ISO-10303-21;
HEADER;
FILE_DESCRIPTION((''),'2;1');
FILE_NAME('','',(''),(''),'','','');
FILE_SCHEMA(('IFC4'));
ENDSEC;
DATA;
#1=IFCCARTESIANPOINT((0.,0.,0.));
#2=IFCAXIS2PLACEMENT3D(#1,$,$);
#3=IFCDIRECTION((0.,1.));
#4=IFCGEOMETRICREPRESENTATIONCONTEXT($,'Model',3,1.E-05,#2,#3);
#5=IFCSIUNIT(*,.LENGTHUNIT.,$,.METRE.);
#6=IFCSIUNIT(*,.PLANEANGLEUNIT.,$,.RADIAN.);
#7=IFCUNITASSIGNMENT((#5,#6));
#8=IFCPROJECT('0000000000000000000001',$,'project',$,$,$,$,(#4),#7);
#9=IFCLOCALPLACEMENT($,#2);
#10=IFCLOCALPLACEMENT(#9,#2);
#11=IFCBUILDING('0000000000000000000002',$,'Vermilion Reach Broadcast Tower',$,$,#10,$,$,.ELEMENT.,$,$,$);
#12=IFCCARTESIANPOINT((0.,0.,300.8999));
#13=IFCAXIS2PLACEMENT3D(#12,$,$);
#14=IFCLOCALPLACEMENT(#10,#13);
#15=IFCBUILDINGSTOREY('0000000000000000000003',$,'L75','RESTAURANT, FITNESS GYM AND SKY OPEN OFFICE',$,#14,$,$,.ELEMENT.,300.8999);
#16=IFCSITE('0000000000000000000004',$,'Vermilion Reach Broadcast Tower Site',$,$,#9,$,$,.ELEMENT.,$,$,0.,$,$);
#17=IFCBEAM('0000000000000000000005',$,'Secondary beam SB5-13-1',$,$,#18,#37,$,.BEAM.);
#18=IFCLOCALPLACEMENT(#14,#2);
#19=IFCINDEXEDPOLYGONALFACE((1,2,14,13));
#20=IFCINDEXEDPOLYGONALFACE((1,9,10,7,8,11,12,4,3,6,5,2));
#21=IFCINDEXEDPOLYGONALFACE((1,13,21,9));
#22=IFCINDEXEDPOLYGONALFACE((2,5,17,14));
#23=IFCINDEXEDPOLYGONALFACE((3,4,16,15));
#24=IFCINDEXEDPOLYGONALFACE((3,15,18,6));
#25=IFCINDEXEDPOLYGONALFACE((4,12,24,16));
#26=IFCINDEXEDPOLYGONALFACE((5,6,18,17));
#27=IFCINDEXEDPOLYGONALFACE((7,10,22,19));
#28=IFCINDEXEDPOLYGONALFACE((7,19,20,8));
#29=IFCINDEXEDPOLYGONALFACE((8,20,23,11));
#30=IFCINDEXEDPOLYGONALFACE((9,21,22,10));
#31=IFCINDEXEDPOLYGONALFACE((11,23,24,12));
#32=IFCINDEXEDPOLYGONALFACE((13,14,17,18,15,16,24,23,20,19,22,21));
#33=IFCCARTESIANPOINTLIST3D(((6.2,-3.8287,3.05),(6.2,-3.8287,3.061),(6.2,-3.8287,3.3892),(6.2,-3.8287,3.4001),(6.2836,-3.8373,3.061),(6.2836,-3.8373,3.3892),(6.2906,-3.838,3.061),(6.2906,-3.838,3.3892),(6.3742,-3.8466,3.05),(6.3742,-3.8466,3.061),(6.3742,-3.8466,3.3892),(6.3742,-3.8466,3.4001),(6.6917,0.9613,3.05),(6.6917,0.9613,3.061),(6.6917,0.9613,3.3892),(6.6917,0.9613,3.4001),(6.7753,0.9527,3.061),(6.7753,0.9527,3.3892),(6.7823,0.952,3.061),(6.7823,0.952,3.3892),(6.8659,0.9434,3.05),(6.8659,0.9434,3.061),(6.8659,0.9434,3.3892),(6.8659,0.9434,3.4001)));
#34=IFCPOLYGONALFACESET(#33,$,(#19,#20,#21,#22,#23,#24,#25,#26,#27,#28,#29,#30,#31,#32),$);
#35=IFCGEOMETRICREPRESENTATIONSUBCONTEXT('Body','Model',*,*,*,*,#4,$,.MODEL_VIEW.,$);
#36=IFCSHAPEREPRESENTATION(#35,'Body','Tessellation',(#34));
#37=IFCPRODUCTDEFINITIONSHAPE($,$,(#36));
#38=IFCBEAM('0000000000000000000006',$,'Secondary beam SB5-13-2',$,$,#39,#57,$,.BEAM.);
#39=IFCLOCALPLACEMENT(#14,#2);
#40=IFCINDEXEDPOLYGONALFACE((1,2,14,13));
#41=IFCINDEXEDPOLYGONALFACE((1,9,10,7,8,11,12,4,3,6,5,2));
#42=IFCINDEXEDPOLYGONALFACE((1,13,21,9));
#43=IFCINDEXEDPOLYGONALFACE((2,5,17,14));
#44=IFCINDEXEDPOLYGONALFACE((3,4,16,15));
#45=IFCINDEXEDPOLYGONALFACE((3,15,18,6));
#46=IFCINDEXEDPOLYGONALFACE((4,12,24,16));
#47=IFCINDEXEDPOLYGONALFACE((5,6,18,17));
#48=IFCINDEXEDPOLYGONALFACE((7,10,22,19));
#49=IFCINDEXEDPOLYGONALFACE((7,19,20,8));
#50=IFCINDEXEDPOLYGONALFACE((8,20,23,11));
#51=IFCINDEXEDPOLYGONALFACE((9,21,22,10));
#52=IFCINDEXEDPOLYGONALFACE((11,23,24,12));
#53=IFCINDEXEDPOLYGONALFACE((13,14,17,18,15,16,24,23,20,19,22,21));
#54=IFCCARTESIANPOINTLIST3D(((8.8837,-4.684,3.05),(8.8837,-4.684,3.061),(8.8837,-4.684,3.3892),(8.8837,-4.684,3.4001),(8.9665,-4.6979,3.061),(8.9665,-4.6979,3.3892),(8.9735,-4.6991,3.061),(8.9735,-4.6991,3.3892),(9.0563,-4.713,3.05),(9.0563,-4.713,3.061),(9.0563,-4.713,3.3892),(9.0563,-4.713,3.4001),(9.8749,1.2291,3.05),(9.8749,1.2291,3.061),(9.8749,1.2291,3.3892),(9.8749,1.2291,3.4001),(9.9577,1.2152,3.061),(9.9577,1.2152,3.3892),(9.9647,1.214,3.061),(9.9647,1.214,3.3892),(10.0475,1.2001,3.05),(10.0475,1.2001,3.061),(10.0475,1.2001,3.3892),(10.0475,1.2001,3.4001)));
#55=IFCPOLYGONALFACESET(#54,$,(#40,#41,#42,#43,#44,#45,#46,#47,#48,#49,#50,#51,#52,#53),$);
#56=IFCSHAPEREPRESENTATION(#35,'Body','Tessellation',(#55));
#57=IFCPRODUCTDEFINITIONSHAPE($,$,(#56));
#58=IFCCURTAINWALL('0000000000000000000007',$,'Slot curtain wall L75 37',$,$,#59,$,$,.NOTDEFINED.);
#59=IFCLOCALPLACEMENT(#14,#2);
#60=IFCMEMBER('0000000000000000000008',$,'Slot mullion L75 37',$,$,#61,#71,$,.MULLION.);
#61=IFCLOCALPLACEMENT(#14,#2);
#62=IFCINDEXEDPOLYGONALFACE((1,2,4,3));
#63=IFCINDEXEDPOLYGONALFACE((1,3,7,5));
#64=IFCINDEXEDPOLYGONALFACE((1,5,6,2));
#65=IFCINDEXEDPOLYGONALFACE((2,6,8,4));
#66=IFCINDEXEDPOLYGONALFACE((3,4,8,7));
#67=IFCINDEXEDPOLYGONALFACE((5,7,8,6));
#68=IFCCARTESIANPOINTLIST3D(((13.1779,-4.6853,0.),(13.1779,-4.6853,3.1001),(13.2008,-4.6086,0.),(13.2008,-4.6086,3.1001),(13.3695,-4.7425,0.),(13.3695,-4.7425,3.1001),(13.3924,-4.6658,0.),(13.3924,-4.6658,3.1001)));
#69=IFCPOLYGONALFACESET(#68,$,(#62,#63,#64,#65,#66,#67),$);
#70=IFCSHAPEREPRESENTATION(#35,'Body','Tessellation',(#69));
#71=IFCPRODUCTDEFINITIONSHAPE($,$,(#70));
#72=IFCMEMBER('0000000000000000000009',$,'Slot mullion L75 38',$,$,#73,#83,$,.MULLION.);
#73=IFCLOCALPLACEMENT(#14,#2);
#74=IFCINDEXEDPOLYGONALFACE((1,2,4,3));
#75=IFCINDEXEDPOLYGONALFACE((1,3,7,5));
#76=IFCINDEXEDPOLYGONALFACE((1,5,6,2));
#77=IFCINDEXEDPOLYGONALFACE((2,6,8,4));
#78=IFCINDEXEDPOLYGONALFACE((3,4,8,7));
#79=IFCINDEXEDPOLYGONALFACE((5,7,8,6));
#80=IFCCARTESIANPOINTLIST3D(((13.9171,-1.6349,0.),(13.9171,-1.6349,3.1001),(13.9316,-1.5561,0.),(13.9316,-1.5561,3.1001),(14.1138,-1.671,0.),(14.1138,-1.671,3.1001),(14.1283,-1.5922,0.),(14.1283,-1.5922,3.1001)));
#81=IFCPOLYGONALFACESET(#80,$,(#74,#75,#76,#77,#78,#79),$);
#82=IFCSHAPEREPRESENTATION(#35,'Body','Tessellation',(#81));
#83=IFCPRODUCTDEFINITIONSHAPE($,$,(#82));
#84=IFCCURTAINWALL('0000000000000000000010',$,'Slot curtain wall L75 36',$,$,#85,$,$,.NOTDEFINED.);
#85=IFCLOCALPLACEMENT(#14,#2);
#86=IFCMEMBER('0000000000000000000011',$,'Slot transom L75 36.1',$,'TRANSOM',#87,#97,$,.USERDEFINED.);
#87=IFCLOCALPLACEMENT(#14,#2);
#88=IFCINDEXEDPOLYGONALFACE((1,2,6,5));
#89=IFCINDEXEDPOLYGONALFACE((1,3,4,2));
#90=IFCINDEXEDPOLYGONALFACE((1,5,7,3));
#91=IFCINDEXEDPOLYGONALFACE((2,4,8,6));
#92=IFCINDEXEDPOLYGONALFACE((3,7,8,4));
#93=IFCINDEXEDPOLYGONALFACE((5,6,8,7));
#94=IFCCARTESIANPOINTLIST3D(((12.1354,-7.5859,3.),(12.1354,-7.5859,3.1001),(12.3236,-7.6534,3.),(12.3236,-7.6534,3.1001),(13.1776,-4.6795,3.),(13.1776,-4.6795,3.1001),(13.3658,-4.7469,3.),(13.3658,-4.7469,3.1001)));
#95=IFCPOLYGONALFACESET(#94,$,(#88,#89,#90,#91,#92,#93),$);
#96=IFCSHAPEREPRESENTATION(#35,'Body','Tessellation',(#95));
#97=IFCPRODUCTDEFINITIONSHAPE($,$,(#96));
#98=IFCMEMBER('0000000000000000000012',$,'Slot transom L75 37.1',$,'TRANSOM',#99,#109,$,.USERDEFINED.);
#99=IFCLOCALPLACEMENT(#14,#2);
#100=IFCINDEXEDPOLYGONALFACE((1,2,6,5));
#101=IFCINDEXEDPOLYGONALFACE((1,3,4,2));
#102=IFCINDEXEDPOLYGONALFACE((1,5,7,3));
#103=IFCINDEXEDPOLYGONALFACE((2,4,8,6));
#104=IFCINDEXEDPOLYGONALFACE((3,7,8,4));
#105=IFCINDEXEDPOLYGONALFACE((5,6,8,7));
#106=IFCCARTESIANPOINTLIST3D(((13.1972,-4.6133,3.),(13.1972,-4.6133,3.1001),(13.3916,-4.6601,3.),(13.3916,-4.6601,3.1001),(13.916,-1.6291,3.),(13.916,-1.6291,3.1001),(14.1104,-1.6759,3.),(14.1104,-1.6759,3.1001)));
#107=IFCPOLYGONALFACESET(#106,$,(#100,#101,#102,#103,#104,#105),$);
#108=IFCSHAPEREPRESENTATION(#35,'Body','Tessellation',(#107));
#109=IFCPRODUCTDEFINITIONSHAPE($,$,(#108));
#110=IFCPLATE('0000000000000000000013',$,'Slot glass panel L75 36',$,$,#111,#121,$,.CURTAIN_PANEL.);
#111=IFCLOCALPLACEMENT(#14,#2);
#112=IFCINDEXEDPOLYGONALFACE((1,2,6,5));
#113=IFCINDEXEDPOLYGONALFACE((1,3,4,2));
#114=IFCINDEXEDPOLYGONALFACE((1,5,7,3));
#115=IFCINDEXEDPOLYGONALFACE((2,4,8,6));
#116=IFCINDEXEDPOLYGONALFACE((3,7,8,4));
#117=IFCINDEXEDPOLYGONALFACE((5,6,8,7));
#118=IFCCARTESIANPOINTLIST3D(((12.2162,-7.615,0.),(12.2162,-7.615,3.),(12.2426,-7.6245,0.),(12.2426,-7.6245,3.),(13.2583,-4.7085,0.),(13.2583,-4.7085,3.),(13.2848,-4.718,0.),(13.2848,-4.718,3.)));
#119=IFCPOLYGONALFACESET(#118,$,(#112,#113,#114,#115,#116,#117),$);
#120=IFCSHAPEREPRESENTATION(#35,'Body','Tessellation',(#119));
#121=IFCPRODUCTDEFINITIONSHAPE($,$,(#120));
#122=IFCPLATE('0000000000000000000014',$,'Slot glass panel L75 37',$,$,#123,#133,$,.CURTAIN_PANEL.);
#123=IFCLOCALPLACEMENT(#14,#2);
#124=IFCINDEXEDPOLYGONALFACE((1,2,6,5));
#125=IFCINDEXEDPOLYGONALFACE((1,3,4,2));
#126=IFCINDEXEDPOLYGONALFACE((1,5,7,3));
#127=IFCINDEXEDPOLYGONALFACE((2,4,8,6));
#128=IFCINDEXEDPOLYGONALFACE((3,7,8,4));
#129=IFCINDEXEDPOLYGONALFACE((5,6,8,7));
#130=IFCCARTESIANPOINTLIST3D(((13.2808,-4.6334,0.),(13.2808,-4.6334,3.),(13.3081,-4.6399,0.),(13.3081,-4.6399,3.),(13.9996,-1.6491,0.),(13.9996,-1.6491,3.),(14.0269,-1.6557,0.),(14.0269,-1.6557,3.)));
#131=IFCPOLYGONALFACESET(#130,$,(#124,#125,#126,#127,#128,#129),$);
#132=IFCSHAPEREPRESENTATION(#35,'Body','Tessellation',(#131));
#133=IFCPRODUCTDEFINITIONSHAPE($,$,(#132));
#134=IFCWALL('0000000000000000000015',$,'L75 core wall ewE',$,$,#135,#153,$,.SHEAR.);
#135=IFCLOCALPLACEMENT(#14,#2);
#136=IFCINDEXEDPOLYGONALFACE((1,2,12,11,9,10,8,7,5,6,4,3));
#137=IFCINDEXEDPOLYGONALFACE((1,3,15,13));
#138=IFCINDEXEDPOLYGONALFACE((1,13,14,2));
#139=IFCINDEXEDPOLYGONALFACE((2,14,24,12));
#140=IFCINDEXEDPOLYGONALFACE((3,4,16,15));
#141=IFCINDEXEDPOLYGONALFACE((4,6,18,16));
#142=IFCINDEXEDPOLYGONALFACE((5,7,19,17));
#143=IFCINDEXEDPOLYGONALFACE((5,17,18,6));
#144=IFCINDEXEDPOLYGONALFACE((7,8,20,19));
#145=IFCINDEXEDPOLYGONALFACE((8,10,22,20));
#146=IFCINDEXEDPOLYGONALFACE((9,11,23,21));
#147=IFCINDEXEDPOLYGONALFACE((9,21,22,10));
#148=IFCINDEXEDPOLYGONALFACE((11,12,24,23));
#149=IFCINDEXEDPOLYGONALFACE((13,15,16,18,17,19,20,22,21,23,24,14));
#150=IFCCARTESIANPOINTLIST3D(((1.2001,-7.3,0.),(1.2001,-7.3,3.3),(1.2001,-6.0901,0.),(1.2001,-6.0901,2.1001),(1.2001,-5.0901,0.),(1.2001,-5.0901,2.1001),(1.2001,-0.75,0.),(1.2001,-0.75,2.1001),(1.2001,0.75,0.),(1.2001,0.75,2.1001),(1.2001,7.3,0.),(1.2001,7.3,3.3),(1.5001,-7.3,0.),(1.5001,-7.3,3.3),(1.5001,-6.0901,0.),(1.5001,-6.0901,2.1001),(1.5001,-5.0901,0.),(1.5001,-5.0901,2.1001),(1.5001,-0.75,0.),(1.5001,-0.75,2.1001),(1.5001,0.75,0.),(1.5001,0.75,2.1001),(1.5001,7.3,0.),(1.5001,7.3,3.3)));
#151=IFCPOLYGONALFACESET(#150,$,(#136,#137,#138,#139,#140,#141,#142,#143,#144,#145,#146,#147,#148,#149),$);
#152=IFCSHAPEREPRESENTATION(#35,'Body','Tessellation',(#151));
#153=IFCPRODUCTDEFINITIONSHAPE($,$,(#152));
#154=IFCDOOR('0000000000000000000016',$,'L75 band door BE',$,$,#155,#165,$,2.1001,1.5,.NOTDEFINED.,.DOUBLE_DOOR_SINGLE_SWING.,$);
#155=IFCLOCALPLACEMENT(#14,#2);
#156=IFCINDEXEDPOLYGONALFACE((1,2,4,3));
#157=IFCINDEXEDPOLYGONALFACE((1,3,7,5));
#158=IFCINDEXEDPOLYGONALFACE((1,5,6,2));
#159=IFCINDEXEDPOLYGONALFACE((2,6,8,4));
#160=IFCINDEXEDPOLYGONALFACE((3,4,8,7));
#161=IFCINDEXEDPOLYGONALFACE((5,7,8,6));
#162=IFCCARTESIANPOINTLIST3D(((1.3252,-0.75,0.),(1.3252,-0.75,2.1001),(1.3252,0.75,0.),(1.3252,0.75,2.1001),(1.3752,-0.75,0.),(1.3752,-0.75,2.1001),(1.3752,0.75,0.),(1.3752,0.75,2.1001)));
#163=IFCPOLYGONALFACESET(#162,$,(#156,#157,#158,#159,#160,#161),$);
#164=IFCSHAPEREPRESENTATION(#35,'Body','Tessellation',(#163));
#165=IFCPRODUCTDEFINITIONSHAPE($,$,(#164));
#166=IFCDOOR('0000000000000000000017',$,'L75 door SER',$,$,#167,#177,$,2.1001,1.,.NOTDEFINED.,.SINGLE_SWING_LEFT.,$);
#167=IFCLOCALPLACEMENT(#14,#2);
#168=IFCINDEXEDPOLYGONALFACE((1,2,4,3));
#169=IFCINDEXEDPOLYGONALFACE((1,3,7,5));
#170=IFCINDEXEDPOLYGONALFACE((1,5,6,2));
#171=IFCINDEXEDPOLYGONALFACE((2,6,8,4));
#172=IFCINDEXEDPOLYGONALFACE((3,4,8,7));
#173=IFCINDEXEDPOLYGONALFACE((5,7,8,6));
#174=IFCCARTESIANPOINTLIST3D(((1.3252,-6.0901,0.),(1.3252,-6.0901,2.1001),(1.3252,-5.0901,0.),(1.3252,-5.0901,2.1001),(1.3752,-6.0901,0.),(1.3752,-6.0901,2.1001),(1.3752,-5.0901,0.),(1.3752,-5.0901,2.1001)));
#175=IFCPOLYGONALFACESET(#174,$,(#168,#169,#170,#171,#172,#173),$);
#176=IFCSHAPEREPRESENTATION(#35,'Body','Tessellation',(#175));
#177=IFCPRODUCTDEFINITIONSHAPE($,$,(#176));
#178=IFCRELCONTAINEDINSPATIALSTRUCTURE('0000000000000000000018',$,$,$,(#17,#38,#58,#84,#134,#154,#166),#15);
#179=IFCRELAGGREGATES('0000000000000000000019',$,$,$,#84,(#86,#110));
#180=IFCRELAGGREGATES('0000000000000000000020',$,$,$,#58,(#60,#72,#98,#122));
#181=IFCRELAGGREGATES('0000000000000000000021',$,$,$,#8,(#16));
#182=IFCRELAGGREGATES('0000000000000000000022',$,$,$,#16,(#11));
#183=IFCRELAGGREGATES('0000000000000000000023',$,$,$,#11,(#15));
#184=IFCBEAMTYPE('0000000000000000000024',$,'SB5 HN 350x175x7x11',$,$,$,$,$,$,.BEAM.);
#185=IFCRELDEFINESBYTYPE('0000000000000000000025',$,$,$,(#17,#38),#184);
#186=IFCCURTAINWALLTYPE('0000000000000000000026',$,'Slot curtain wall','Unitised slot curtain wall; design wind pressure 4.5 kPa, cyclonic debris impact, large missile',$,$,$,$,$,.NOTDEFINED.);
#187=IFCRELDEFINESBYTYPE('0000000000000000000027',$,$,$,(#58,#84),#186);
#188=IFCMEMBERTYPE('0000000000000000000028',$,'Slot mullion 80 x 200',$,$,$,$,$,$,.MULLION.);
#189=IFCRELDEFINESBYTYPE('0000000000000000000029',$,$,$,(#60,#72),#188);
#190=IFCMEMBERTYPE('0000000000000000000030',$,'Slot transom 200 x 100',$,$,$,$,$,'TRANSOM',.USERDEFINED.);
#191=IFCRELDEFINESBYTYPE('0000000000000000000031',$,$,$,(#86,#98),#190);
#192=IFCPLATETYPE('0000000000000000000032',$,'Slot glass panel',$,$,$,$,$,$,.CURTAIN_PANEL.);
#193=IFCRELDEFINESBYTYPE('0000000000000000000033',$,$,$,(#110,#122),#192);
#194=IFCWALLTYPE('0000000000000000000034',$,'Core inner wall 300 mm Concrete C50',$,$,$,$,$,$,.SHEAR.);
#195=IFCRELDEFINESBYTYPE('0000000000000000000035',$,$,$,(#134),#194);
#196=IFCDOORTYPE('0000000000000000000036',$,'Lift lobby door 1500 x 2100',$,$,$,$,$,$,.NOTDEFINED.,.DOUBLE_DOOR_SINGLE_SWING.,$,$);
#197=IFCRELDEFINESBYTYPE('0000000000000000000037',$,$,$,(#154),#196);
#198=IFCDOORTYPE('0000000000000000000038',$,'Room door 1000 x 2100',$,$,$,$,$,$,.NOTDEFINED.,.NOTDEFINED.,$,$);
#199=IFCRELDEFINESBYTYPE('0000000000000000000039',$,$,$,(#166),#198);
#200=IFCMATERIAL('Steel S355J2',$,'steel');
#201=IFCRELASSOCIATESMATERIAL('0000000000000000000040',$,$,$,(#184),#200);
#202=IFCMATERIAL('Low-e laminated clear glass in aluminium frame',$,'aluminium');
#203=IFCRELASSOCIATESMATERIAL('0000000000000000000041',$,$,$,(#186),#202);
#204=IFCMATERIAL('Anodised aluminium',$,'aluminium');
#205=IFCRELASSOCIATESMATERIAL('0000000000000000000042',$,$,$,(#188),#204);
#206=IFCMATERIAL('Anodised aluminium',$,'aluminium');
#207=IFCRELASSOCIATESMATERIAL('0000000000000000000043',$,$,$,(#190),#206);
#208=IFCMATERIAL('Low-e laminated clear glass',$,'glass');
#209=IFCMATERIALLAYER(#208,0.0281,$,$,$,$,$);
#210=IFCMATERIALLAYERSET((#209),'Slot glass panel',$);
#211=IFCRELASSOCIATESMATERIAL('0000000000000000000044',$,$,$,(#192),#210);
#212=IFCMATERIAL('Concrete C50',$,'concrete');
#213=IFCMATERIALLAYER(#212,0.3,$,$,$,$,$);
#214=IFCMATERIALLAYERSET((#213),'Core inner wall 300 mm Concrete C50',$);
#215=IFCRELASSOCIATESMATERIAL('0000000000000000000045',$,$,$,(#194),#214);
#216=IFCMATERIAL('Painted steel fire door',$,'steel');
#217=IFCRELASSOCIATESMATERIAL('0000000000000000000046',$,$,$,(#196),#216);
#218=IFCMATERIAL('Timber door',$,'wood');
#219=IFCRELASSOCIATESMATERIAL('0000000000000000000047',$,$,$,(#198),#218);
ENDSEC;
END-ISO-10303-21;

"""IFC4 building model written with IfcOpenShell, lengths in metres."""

from ifc_helpers import new_model, si_unit, direction, frame, frame_2d, origin, origin_2d, place, context, subcontext, project, spatial, rectangle, i_section, extrude, material, layer, layer_set, material_profile, profile_set, type_object, element, fill, aggregate, save


model = new_model("IFC4")

# Units and contexts
model_context = context("Model", 3, precision=1e-05, world=origin(), true_north=direction((0.0, 1.0)))
body_context = subcontext(model_context, "Body", "Model", "MODEL_VIEW")
ifc_project = project(units=[si_unit("LENGTHUNIT", "METRE"), si_unit("PLANEANGLEUNIT", "RADIAN")], contexts=[model_context])

# Site, building, storey
site_placement = place(None, origin())
site = spatial("IfcSite", under=ifc_project, at=site_placement, Name="Vermilion Reach Broadcast Tower Site", CompositionType="ELEMENT", RefElevation=0.0)
building_placement = place(site_placement, origin())
building = spatial("IfcBuilding", under=site, at=building_placement, Name="Vermilion Reach Broadcast Tower", CompositionType="ELEMENT")
storey_placement = place(building_placement, frame((0.0, 0.0, 300.8999)))
storey = spatial("IfcBuildingStorey", under=building, at=storey_placement, Name="L75", Description="RESTAURANT, FITNESS GYM AND SKY OPEN OFFICE", CompositionType="ELEMENT", Elevation=300.8999)

# Beams
ifc_material_1 = material(Name="Steel S355J2", Category="steel")
ifc_material_profile_1 = material_profile(ifc_material_1, i_section(OverallWidth=0.175, OverallDepth=0.3501, WebThickness=0.0071, FlangeThickness=0.011, at=origin_2d()), Name="S355J2 HN 350x175x7x11")
ifc_profile_set_1 = profile_set([ifc_material_profile_1], Name="Steel S355J2")
beam_type_1 = type_object("IfcBeamType", Name="SB5 HN 350x175x7x11", PredefinedType="BEAM", material=ifc_profile_set_1)
beam_1_placement = place(storey_placement, frame((6.2871, -3.8376, 3.2251), z_axis=(0.102114, 0.994773, 0.0), x_axis=(-0.994773, 0.102114, 0.0)))
element("IfcBeam", 1, at=beam_1_placement, inside=storey, type_object=beam_type_1, Name="Secondary beam SB5-13-1", PredefinedType="BEAM", context=body_context, shape_type="SweptSolid", body=[
    extrude(i_section(OverallWidth=0.175, OverallDepth=0.3501, WebThickness=0.0071, FlangeThickness=0.011, at=origin_2d()), origin(), (0.0, 0.0, 1.0), 4.8152),
])
beam_2_placement = place(storey_placement, frame((8.97, -4.6985, 3.2251), z_axis=(0.165323, 0.986239, 0.0), x_axis=(-0.986239, 0.165323, 0.0)))
element("IfcBeam", 2, at=beam_2_placement, inside=storey, type_object=beam_type_1, Name="Secondary beam SB5-13-2", PredefinedType="BEAM", context=body_context, shape_type="SweptSolid", body=[
    extrude(i_section(OverallWidth=0.175, OverallDepth=0.3501, WebThickness=0.0071, FlangeThickness=0.011, at=origin_2d()), origin(), (0.0, 0.0, 1.0), 5.9956),
])

# Curtain wall, members
ifc_material_2 = material(Name="Low-e laminated clear glass in aluminium frame", Category="aluminium")
curtain_wall_type = type_object("IfcCurtainWallType", Name="Slot curtain wall", Description="Unitised slot curtain wall; design wind pressure 4.5 kPa, cyclonic debris impact, large missile", PredefinedType="NOTDEFINED", material=ifc_material_2)
placement = place(storey_placement, origin())
curtain_wall_1 = element("IfcCurtainWall", 3, at=placement, inside=storey, type_object=curtain_wall_type, Name="Slot curtain wall L75 37", PredefinedType="NOTDEFINED")
ifc_material_3 = material(Name="Anodised aluminium", Category="aluminium")
ifc_material_profile_2 = material_profile(ifc_material_3, rectangle(XDim=0.2, YDim=0.0801, at=origin_2d()), Name="Slot mullion 80 x 200")
ifc_profile_set_2 = profile_set([ifc_material_profile_2], Name="Anodised aluminium")
member_type_1 = type_object("IfcMemberType", Name="Slot mullion 80 x 200", PredefinedType="MULLION", material=ifc_profile_set_2)
member_1_placement = place(storey_placement, frame((13.2852, -4.6755, 0.0), z_axis=(0.0, 0.0, 1.0), x_axis=(-0.958152, 0.286258, 0.0)))
member_1 = element("IfcMember", 4, at=member_1_placement, type_object=member_type_1, Name="Slot mullion L75 37", PredefinedType="MULLION", context=body_context, shape_type="SweptSolid", body=[
    extrude(rectangle(XDim=0.2, YDim=0.0801, at=origin_2d()), origin(), (0.0, 0.0, 1.0), 3.1001),
])
member_2_placement = place(storey_placement, frame((14.0227, -1.6135, 0.0), z_axis=(0.0, 0.0, 1.0), x_axis=(-0.983575, 0.180502, 0.0)))
member_2 = element("IfcMember", 5, at=member_2_placement, type_object=member_type_1, Name="Slot mullion L75 38", PredefinedType="MULLION", context=body_context, shape_type="SweptSolid", body=[
    extrude(rectangle(XDim=0.2, YDim=0.0801, at=origin_2d()), origin(), (0.0, 0.0, 1.0), 3.1001),
])

# Curtain wall, member
curtain_wall_2 = element("IfcCurtainWall", 6, at=placement, inside=storey, type_object=curtain_wall_type, Name="Slot curtain wall L75 36", PredefinedType="NOTDEFINED")
ifc_material_4 = material(Name="Anodised aluminium", Category="aluminium")
ifc_material_profile_3 = material_profile(ifc_material_4, rectangle(XDim=0.2, YDim=0.1001, at=origin_2d()), Name="Slot transom 200 x 100")
ifc_profile_set_3 = profile_set([ifc_material_profile_3], Name="Anodised aluminium")
member_type_2 = type_object("IfcMemberType", Name="Slot transom 200 x 100", ElementType="TRANSOM", PredefinedType="USERDEFINED", material=ifc_profile_set_3)
member_3_placement = place(storey_placement, frame((12.2295, -7.6196, 3.05), z_axis=(0.337543, 0.94131, 0.0), x_axis=(-0.94131, 0.337543, 0.0)))
member_3 = element("IfcMember", 7, at=member_3_placement, type_object=member_type_2, Name="Slot transom L75 36.1", ObjectType="TRANSOM", PredefinedType="USERDEFINED", context=body_context, shape_type="SweptSolid", body=[
    extrude(rectangle(XDim=0.2, YDim=0.1001, at=origin_2d()), origin(), (0.0, 0.0, 1.0), 3.0876),
])

# Member
member_4_placement = place(storey_placement, frame((13.2944, -4.6367, 3.05), z_axis=(0.234161, 0.972198, 0.0), x_axis=(-0.972198, 0.234161, 0.0)))
member_4 = element("IfcMember", 8, at=member_4_placement, type_object=member_type_2, Name="Slot transom L75 37.1", ObjectType="TRANSOM", PredefinedType="USERDEFINED", context=body_context, shape_type="SweptSolid", body=[
    extrude(rectangle(XDim=0.2, YDim=0.1001, at=origin_2d()), origin(), (0.0, 0.0, 1.0), 3.0696),
])

# Plates
ifc_material_5 = material(Name="Low-e laminated clear glass", Category="glass")
ifc_layer_1 = layer(ifc_material_5, 0.0281)
ifc_layer_set_1 = layer_set([ifc_layer_1], Name="Slot glass panel")
plate_type = type_object("IfcPlateType", Name="Slot glass panel", PredefinedType="CURTAIN_PANEL", material=ifc_layer_set_1)
plate_1_placement = place(storey_placement, frame((12.7505, -6.1665, 0.0), z_axis=(0.0, 0.0, 1.0), x_axis=(0.337517, 0.941319, 0.0)))
plate_1 = element("IfcPlate", 9, at=plate_1_placement, type_object=plate_type, Name="Slot glass panel L75 36", PredefinedType="CURTAIN_PANEL", context=body_context, shape_type="SweptSolid", body=[
    extrude(rectangle(XDim=3.0876, YDim=0.0281, at=origin_2d()), origin(), (0.0, 0.0, 1.0), 3.0),
])
aggregate(curtain_wall_2, [member_3, plate_1])
plate_2_placement = place(storey_placement, frame((13.6538, -3.1445, 0.0), z_axis=(0.0, 0.0, 1.0), x_axis=(0.234166, 0.972197, 0.0)))
plate_2 = element("IfcPlate", 10, at=plate_2_placement, type_object=plate_type, Name="Slot glass panel L75 37", PredefinedType="CURTAIN_PANEL", context=body_context, shape_type="SweptSolid", body=[
    extrude(rectangle(XDim=3.0696, YDim=0.0281, at=origin_2d()), origin(), (0.0, 0.0, 1.0), 3.0),
])
aggregate(curtain_wall_1, [member_1, member_2, member_4, plate_2])

# Wall, openings, doors
ifc_material_6 = material(Name="Concrete C50", Category="concrete")
ifc_layer_2 = layer(ifc_material_6, 0.3)
ifc_layer_set_2 = layer_set([ifc_layer_2], Name="Core inner wall 300 mm Concrete C50")
wall_type_1 = type_object("IfcWallType", Name="Core inner wall 300 mm Concrete C50", PredefinedType="SHEAR", material=ifc_layer_set_2)
wall_1_placement = place(storey_placement, frame((1.3501, -7.3, 0.0), z_axis=(0.0, 0.0, 1.0), x_axis=(0.0, 1.0, 0.0)))
wall_1 = element("IfcWall", 11, at=wall_1_placement, inside=storey, type_object=wall_type_1, Name="L75 core wall ewE", PredefinedType="SHEAR", context=body_context, shape_type="SweptSolid", body=[
    extrude(rectangle(XDim=14.6001, YDim=0.3, at=frame_2d((7.3, 0.0))), origin(), (0.0, 0.0, 1.0), 3.3),
])
opening_1_placement = place(wall_1_placement, frame((1.21, 0.0, 0.0)))
opening_1 = element("IfcOpeningElement", 12, at=opening_1_placement, cuts=wall_1, PredefinedType="OPENING", context=body_context, shape_type="SweptSolid", body=[
    extrude(rectangle(XDim=1.0, YDim=2.1001, at=frame_2d((0.5, 1.05))), frame((0.0, 0.1599, 0.0), z_axis=(0.0, -1.0, 0.0), x_axis=(1.0, 0.0, 0.0)), (0.0, 0.0, 1.0), 0.3201),
])
opening_2_placement = place(wall_1_placement, frame((6.55, 0.0, 0.0)))
opening_2 = element("IfcOpeningElement", 13, at=opening_2_placement, cuts=wall_1, PredefinedType="OPENING", context=body_context, shape_type="SweptSolid", body=[
    extrude(rectangle(XDim=1.5, YDim=2.1001, at=frame_2d((0.75, 1.05))), frame((0.0, 0.1599, 0.0), z_axis=(0.0, -1.0, 0.0), x_axis=(1.0, 0.0, 0.0)), (0.0, 0.0, 1.0), 0.3201),
])
ifc_material_7 = material(Name="Painted steel fire door", Category="steel")
door_type_1 = type_object("IfcDoorType", Name="Lift lobby door 1500 x 2100", OperationType="DOUBLE_DOOR_SINGLE_SWING", PredefinedType="NOTDEFINED", material=ifc_material_7)
door_1_placement = place(opening_2_placement, origin())
door_1 = element("IfcDoor", 14, at=door_1_placement, inside=storey, type_object=door_type_1, Name="L75 band door BE", OperationType="DOUBLE_DOOR_SINGLE_SWING", OverallHeight=2.1001, OverallWidth=1.5, PredefinedType="NOTDEFINED", context=body_context, shape_type="SweptSolid", body=[
    extrude(rectangle(XDim=1.5, YDim=2.1001, at=frame_2d((0.75, 1.05))), frame((0.0, 0.0249, 0.0), z_axis=(0.0, -1.0, 0.0), x_axis=(1.0, 0.0, 0.0)), (0.0, 0.0, 1.0), 0.05),
])
fill(opening_2, door_1)
ifc_material_8 = material(Name="Timber door", Category="wood")
door_type_2 = type_object("IfcDoorType", Name="Room door 1000 x 2100", OperationType="NOTDEFINED", PredefinedType="NOTDEFINED", material=ifc_material_8)
door_2_placement = place(opening_1_placement, origin())
door_2 = element("IfcDoor", 15, at=door_2_placement, inside=storey, type_object=door_type_2, Name="L75 door SER", OperationType="SINGLE_SWING_LEFT", OverallHeight=2.1001, OverallWidth=1.0, PredefinedType="NOTDEFINED", context=body_context, shape_type="SweptSolid", body=[
    extrude(rectangle(XDim=1.0, YDim=2.1001, at=frame_2d((0.5, 1.05))), frame((0.0, 0.0249, 0.0), z_axis=(0.0, -1.0, 0.0), x_axis=(1.0, 0.0, 0.0)), (0.0, 0.0, 1.0), 0.05),
])
fill(opening_1, door_2)

save(model, "model.ifc")
